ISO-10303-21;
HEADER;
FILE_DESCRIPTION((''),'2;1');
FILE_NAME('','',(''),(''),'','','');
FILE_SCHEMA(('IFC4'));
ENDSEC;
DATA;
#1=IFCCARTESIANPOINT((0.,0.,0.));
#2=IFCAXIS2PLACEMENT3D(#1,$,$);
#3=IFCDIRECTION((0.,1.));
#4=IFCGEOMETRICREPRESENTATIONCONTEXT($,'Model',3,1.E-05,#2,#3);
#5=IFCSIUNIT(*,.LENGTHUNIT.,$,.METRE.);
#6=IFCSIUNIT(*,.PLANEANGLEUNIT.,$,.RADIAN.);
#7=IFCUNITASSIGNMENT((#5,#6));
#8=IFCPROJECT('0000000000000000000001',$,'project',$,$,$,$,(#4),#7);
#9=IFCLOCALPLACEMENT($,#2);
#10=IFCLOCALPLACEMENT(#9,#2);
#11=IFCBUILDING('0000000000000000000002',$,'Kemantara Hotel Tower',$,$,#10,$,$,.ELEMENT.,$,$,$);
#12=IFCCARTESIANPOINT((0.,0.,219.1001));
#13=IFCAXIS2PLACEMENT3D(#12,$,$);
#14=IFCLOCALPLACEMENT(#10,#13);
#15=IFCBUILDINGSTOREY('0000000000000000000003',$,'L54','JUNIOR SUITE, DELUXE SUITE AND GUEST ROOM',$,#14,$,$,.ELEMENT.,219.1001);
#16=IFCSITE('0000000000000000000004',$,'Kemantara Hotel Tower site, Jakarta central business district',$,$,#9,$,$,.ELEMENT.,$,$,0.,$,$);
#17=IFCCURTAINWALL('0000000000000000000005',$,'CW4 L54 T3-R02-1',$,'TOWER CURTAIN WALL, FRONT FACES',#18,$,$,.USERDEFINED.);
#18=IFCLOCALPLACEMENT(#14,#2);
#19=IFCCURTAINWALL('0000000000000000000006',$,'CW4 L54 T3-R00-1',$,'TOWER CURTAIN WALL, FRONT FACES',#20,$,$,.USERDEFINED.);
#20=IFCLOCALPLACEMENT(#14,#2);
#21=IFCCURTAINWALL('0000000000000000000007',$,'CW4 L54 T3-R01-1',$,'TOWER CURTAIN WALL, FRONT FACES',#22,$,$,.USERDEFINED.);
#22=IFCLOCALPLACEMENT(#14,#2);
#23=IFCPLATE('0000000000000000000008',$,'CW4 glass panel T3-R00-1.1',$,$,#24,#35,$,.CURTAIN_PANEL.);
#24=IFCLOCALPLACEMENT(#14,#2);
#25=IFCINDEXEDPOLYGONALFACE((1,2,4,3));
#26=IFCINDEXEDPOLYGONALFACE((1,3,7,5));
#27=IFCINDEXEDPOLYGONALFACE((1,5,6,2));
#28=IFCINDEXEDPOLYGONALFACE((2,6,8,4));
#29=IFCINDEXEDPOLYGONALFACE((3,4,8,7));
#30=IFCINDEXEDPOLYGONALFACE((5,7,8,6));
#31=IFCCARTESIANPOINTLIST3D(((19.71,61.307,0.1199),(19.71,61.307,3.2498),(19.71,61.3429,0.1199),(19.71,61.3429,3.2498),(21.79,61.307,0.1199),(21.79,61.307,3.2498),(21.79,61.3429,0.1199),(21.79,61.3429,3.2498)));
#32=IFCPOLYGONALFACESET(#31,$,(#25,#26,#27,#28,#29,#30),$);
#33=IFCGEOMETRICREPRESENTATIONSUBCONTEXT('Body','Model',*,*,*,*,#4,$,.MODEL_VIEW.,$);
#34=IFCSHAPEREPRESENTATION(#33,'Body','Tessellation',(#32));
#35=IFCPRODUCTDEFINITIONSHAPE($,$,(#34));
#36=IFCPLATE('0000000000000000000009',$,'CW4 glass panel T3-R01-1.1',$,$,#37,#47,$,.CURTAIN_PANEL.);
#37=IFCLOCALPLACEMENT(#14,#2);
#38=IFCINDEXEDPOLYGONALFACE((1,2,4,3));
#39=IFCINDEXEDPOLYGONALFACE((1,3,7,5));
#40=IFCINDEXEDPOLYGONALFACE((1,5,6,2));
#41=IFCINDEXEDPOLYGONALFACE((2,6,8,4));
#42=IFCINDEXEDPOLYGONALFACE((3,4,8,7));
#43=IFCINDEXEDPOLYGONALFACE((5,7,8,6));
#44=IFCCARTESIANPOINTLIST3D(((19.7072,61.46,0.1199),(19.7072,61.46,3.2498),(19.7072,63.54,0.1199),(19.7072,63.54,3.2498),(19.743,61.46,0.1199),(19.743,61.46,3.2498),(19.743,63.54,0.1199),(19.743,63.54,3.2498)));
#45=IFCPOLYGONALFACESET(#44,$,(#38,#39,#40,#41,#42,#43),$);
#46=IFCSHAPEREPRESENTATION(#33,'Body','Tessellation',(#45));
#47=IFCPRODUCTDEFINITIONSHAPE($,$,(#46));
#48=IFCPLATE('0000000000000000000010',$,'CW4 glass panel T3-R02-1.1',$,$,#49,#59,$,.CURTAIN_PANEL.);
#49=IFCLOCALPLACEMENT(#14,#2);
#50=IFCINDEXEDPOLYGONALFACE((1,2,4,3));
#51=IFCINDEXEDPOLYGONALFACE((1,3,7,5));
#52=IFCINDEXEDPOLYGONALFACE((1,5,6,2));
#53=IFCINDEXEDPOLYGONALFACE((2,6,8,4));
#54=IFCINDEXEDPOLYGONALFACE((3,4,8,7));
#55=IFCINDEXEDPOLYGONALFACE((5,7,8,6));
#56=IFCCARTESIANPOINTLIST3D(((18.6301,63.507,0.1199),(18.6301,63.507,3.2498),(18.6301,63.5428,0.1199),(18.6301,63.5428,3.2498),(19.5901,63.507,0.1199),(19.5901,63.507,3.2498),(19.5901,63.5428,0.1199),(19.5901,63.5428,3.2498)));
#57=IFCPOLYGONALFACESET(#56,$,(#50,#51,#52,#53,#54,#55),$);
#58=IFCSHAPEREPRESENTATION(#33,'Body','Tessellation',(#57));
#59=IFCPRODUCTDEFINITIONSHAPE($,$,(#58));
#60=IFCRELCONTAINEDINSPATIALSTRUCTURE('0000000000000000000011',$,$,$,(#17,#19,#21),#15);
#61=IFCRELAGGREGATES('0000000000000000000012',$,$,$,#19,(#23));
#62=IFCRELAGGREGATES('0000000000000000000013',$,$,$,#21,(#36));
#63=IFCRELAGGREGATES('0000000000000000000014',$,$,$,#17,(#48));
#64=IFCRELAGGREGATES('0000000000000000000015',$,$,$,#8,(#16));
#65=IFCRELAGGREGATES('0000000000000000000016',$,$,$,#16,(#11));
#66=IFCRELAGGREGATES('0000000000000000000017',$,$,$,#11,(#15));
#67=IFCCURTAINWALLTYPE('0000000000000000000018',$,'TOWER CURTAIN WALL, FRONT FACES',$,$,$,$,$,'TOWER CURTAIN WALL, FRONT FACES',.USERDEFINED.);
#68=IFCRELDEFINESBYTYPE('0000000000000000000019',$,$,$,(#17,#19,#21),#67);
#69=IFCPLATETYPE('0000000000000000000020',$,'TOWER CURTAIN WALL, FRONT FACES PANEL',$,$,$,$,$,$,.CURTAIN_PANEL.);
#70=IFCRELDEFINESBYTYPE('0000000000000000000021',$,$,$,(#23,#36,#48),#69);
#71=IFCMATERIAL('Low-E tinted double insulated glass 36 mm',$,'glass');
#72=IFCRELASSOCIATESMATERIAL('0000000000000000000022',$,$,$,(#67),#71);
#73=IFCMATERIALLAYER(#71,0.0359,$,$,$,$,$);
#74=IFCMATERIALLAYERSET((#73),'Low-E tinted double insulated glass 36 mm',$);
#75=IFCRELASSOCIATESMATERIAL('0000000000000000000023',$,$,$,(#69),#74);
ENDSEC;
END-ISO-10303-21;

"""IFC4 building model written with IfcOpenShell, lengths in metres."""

from ifc_helpers import new_model, si_unit, direction, frame, origin, origin_2d, place, context, subcontext, project, spatial, rectangle, extrude, source, transform, mapped, material, layer, layer_set, type_object, element, aggregate, save


model = new_model("IFC4")

# Units and contexts
model_context = context("Model", 3, precision=1e-05, world=origin(), true_north=direction((0.0, 1.0)))
body_context = subcontext(model_context, "Body", "Model", "MODEL_VIEW")
ifc_project = project(units=[si_unit("LENGTHUNIT", "METRE"), si_unit("PLANEANGLEUNIT", "RADIAN")], contexts=[model_context])

# Site, building, storey
site_placement = place(None, origin())
site = spatial("IfcSite", under=ifc_project, at=site_placement, Name="Kemantara Hotel Tower site, Jakarta central business district", CompositionType="ELEMENT", RefElevation=0.0)
building_placement = place(site_placement, origin())
building = spatial("IfcBuilding", under=site, at=building_placement, Name="Kemantara Hotel Tower", CompositionType="ELEMENT")
storey_placement = place(building_placement, frame((0.0, 0.0, 219.1001)))
storey = spatial("IfcBuildingStorey", under=building, at=storey_placement, Name="L54", Description="JUNIOR SUITE, DELUXE SUITE AND GUEST ROOM", CompositionType="ELEMENT", Elevation=219.1001)

# Curtain walls
ifc_material_1 = material(Name="Low-E tinted double insulated glass 36 mm", Category="glass")
curtain_wall_type = type_object("IfcCurtainWallType", Name="TOWER CURTAIN WALL, FRONT FACES", ElementType="TOWER CURTAIN WALL, FRONT FACES", PredefinedType="USERDEFINED", material=ifc_material_1)
curtain_wall_1_placement = place(storey_placement, origin())
curtain_wall_1 = element("IfcCurtainWall", 1, at=curtain_wall_1_placement, inside=storey, type_object=curtain_wall_type, Name="CW4 L54 T3-R02-1", ObjectType="TOWER CURTAIN WALL, FRONT FACES", PredefinedType="USERDEFINED")
curtain_wall_2_placement = place(storey_placement, origin())
curtain_wall_2 = element("IfcCurtainWall", 2, at=curtain_wall_2_placement, inside=storey, type_object=curtain_wall_type, Name="CW4 L54 T3-R00-1", ObjectType="TOWER CURTAIN WALL, FRONT FACES", PredefinedType="USERDEFINED")
curtain_wall_3_placement = place(storey_placement, origin())
curtain_wall_3 = element("IfcCurtainWall", 3, at=curtain_wall_3_placement, inside=storey, type_object=curtain_wall_type, Name="CW4 L54 T3-R01-1", ObjectType="TOWER CURTAIN WALL, FRONT FACES", PredefinedType="USERDEFINED")

# Plates
ifc_layer_1 = layer(ifc_material_1, 0.0359)
ifc_layer_set_1 = layer_set([ifc_layer_1], Name="Low-E tinted double insulated glass 36 mm")
plate_type = type_object("IfcPlateType", Name="TOWER CURTAIN WALL, FRONT FACES PANEL", PredefinedType="CURTAIN_PANEL", material=ifc_layer_set_1)
shared_shape_1 = source(origin(), body_context, "Body", "SweptSolid", [
    extrude(rectangle(XDim=2.0801, YDim=0.0359, at=origin_2d()), origin(), (0.0, 0.0, 1.0), 3.1299),
])
plate_1_placement = place(storey_placement, frame((20.75, 61.325, 0.1199), z_axis=(0.0, 0.0, 1.0), x_axis=(-1.0, 0.0, 0.0)))
plate_1 = element("IfcPlate", 4, at=plate_1_placement, type_object=plate_type, Name="CW4 glass panel T3-R00-1.1", PredefinedType="CURTAIN_PANEL", context=body_context, shape_type="MappedRepresentation", body=[
    mapped(shared_shape_1, transform((0.0, 0.0, 0.0))),
])
aggregate(curtain_wall_2, [plate_1])
plate_2_placement = place(storey_placement, frame((19.7251, 62.5, 0.1199), z_axis=(0.0, 0.0, 1.0), x_axis=(0.0, 1.0, 0.0)))
plate_2 = element("IfcPlate", 5, at=plate_2_placement, type_object=plate_type, Name="CW4 glass panel T3-R01-1.1", PredefinedType="CURTAIN_PANEL", context=body_context, shape_type="MappedRepresentation", body=[
    mapped(shared_shape_1, transform((0.0, 0.0, 0.0))),
])
aggregate(curtain_wall_3, [plate_2])
shared_shape_2 = source(origin(), body_context, "Body", "SweptSolid", [
    extrude(rectangle(XDim=0.96, YDim=0.0359, at=origin_2d()), origin(), (0.0, 0.0, 1.0), 3.1299),
])
plate_3_placement = place(storey_placement, frame((19.1101, 63.5249, 0.1199), z_axis=(0.0, 0.0, 1.0), x_axis=(-1.0, 0.0, 0.0)))
plate_3 = element("IfcPlate", 6, at=plate_3_placement, type_object=plate_type, Name="CW4 glass panel T3-R02-1.1", PredefinedType="CURTAIN_PANEL", context=body_context, shape_type="MappedRepresentation", body=[
    mapped(shared_shape_2, transform((0.0, 0.0, 0.0))),
])
aggregate(curtain_wall_1, [plate_3])

save(model, "model.ifc")
